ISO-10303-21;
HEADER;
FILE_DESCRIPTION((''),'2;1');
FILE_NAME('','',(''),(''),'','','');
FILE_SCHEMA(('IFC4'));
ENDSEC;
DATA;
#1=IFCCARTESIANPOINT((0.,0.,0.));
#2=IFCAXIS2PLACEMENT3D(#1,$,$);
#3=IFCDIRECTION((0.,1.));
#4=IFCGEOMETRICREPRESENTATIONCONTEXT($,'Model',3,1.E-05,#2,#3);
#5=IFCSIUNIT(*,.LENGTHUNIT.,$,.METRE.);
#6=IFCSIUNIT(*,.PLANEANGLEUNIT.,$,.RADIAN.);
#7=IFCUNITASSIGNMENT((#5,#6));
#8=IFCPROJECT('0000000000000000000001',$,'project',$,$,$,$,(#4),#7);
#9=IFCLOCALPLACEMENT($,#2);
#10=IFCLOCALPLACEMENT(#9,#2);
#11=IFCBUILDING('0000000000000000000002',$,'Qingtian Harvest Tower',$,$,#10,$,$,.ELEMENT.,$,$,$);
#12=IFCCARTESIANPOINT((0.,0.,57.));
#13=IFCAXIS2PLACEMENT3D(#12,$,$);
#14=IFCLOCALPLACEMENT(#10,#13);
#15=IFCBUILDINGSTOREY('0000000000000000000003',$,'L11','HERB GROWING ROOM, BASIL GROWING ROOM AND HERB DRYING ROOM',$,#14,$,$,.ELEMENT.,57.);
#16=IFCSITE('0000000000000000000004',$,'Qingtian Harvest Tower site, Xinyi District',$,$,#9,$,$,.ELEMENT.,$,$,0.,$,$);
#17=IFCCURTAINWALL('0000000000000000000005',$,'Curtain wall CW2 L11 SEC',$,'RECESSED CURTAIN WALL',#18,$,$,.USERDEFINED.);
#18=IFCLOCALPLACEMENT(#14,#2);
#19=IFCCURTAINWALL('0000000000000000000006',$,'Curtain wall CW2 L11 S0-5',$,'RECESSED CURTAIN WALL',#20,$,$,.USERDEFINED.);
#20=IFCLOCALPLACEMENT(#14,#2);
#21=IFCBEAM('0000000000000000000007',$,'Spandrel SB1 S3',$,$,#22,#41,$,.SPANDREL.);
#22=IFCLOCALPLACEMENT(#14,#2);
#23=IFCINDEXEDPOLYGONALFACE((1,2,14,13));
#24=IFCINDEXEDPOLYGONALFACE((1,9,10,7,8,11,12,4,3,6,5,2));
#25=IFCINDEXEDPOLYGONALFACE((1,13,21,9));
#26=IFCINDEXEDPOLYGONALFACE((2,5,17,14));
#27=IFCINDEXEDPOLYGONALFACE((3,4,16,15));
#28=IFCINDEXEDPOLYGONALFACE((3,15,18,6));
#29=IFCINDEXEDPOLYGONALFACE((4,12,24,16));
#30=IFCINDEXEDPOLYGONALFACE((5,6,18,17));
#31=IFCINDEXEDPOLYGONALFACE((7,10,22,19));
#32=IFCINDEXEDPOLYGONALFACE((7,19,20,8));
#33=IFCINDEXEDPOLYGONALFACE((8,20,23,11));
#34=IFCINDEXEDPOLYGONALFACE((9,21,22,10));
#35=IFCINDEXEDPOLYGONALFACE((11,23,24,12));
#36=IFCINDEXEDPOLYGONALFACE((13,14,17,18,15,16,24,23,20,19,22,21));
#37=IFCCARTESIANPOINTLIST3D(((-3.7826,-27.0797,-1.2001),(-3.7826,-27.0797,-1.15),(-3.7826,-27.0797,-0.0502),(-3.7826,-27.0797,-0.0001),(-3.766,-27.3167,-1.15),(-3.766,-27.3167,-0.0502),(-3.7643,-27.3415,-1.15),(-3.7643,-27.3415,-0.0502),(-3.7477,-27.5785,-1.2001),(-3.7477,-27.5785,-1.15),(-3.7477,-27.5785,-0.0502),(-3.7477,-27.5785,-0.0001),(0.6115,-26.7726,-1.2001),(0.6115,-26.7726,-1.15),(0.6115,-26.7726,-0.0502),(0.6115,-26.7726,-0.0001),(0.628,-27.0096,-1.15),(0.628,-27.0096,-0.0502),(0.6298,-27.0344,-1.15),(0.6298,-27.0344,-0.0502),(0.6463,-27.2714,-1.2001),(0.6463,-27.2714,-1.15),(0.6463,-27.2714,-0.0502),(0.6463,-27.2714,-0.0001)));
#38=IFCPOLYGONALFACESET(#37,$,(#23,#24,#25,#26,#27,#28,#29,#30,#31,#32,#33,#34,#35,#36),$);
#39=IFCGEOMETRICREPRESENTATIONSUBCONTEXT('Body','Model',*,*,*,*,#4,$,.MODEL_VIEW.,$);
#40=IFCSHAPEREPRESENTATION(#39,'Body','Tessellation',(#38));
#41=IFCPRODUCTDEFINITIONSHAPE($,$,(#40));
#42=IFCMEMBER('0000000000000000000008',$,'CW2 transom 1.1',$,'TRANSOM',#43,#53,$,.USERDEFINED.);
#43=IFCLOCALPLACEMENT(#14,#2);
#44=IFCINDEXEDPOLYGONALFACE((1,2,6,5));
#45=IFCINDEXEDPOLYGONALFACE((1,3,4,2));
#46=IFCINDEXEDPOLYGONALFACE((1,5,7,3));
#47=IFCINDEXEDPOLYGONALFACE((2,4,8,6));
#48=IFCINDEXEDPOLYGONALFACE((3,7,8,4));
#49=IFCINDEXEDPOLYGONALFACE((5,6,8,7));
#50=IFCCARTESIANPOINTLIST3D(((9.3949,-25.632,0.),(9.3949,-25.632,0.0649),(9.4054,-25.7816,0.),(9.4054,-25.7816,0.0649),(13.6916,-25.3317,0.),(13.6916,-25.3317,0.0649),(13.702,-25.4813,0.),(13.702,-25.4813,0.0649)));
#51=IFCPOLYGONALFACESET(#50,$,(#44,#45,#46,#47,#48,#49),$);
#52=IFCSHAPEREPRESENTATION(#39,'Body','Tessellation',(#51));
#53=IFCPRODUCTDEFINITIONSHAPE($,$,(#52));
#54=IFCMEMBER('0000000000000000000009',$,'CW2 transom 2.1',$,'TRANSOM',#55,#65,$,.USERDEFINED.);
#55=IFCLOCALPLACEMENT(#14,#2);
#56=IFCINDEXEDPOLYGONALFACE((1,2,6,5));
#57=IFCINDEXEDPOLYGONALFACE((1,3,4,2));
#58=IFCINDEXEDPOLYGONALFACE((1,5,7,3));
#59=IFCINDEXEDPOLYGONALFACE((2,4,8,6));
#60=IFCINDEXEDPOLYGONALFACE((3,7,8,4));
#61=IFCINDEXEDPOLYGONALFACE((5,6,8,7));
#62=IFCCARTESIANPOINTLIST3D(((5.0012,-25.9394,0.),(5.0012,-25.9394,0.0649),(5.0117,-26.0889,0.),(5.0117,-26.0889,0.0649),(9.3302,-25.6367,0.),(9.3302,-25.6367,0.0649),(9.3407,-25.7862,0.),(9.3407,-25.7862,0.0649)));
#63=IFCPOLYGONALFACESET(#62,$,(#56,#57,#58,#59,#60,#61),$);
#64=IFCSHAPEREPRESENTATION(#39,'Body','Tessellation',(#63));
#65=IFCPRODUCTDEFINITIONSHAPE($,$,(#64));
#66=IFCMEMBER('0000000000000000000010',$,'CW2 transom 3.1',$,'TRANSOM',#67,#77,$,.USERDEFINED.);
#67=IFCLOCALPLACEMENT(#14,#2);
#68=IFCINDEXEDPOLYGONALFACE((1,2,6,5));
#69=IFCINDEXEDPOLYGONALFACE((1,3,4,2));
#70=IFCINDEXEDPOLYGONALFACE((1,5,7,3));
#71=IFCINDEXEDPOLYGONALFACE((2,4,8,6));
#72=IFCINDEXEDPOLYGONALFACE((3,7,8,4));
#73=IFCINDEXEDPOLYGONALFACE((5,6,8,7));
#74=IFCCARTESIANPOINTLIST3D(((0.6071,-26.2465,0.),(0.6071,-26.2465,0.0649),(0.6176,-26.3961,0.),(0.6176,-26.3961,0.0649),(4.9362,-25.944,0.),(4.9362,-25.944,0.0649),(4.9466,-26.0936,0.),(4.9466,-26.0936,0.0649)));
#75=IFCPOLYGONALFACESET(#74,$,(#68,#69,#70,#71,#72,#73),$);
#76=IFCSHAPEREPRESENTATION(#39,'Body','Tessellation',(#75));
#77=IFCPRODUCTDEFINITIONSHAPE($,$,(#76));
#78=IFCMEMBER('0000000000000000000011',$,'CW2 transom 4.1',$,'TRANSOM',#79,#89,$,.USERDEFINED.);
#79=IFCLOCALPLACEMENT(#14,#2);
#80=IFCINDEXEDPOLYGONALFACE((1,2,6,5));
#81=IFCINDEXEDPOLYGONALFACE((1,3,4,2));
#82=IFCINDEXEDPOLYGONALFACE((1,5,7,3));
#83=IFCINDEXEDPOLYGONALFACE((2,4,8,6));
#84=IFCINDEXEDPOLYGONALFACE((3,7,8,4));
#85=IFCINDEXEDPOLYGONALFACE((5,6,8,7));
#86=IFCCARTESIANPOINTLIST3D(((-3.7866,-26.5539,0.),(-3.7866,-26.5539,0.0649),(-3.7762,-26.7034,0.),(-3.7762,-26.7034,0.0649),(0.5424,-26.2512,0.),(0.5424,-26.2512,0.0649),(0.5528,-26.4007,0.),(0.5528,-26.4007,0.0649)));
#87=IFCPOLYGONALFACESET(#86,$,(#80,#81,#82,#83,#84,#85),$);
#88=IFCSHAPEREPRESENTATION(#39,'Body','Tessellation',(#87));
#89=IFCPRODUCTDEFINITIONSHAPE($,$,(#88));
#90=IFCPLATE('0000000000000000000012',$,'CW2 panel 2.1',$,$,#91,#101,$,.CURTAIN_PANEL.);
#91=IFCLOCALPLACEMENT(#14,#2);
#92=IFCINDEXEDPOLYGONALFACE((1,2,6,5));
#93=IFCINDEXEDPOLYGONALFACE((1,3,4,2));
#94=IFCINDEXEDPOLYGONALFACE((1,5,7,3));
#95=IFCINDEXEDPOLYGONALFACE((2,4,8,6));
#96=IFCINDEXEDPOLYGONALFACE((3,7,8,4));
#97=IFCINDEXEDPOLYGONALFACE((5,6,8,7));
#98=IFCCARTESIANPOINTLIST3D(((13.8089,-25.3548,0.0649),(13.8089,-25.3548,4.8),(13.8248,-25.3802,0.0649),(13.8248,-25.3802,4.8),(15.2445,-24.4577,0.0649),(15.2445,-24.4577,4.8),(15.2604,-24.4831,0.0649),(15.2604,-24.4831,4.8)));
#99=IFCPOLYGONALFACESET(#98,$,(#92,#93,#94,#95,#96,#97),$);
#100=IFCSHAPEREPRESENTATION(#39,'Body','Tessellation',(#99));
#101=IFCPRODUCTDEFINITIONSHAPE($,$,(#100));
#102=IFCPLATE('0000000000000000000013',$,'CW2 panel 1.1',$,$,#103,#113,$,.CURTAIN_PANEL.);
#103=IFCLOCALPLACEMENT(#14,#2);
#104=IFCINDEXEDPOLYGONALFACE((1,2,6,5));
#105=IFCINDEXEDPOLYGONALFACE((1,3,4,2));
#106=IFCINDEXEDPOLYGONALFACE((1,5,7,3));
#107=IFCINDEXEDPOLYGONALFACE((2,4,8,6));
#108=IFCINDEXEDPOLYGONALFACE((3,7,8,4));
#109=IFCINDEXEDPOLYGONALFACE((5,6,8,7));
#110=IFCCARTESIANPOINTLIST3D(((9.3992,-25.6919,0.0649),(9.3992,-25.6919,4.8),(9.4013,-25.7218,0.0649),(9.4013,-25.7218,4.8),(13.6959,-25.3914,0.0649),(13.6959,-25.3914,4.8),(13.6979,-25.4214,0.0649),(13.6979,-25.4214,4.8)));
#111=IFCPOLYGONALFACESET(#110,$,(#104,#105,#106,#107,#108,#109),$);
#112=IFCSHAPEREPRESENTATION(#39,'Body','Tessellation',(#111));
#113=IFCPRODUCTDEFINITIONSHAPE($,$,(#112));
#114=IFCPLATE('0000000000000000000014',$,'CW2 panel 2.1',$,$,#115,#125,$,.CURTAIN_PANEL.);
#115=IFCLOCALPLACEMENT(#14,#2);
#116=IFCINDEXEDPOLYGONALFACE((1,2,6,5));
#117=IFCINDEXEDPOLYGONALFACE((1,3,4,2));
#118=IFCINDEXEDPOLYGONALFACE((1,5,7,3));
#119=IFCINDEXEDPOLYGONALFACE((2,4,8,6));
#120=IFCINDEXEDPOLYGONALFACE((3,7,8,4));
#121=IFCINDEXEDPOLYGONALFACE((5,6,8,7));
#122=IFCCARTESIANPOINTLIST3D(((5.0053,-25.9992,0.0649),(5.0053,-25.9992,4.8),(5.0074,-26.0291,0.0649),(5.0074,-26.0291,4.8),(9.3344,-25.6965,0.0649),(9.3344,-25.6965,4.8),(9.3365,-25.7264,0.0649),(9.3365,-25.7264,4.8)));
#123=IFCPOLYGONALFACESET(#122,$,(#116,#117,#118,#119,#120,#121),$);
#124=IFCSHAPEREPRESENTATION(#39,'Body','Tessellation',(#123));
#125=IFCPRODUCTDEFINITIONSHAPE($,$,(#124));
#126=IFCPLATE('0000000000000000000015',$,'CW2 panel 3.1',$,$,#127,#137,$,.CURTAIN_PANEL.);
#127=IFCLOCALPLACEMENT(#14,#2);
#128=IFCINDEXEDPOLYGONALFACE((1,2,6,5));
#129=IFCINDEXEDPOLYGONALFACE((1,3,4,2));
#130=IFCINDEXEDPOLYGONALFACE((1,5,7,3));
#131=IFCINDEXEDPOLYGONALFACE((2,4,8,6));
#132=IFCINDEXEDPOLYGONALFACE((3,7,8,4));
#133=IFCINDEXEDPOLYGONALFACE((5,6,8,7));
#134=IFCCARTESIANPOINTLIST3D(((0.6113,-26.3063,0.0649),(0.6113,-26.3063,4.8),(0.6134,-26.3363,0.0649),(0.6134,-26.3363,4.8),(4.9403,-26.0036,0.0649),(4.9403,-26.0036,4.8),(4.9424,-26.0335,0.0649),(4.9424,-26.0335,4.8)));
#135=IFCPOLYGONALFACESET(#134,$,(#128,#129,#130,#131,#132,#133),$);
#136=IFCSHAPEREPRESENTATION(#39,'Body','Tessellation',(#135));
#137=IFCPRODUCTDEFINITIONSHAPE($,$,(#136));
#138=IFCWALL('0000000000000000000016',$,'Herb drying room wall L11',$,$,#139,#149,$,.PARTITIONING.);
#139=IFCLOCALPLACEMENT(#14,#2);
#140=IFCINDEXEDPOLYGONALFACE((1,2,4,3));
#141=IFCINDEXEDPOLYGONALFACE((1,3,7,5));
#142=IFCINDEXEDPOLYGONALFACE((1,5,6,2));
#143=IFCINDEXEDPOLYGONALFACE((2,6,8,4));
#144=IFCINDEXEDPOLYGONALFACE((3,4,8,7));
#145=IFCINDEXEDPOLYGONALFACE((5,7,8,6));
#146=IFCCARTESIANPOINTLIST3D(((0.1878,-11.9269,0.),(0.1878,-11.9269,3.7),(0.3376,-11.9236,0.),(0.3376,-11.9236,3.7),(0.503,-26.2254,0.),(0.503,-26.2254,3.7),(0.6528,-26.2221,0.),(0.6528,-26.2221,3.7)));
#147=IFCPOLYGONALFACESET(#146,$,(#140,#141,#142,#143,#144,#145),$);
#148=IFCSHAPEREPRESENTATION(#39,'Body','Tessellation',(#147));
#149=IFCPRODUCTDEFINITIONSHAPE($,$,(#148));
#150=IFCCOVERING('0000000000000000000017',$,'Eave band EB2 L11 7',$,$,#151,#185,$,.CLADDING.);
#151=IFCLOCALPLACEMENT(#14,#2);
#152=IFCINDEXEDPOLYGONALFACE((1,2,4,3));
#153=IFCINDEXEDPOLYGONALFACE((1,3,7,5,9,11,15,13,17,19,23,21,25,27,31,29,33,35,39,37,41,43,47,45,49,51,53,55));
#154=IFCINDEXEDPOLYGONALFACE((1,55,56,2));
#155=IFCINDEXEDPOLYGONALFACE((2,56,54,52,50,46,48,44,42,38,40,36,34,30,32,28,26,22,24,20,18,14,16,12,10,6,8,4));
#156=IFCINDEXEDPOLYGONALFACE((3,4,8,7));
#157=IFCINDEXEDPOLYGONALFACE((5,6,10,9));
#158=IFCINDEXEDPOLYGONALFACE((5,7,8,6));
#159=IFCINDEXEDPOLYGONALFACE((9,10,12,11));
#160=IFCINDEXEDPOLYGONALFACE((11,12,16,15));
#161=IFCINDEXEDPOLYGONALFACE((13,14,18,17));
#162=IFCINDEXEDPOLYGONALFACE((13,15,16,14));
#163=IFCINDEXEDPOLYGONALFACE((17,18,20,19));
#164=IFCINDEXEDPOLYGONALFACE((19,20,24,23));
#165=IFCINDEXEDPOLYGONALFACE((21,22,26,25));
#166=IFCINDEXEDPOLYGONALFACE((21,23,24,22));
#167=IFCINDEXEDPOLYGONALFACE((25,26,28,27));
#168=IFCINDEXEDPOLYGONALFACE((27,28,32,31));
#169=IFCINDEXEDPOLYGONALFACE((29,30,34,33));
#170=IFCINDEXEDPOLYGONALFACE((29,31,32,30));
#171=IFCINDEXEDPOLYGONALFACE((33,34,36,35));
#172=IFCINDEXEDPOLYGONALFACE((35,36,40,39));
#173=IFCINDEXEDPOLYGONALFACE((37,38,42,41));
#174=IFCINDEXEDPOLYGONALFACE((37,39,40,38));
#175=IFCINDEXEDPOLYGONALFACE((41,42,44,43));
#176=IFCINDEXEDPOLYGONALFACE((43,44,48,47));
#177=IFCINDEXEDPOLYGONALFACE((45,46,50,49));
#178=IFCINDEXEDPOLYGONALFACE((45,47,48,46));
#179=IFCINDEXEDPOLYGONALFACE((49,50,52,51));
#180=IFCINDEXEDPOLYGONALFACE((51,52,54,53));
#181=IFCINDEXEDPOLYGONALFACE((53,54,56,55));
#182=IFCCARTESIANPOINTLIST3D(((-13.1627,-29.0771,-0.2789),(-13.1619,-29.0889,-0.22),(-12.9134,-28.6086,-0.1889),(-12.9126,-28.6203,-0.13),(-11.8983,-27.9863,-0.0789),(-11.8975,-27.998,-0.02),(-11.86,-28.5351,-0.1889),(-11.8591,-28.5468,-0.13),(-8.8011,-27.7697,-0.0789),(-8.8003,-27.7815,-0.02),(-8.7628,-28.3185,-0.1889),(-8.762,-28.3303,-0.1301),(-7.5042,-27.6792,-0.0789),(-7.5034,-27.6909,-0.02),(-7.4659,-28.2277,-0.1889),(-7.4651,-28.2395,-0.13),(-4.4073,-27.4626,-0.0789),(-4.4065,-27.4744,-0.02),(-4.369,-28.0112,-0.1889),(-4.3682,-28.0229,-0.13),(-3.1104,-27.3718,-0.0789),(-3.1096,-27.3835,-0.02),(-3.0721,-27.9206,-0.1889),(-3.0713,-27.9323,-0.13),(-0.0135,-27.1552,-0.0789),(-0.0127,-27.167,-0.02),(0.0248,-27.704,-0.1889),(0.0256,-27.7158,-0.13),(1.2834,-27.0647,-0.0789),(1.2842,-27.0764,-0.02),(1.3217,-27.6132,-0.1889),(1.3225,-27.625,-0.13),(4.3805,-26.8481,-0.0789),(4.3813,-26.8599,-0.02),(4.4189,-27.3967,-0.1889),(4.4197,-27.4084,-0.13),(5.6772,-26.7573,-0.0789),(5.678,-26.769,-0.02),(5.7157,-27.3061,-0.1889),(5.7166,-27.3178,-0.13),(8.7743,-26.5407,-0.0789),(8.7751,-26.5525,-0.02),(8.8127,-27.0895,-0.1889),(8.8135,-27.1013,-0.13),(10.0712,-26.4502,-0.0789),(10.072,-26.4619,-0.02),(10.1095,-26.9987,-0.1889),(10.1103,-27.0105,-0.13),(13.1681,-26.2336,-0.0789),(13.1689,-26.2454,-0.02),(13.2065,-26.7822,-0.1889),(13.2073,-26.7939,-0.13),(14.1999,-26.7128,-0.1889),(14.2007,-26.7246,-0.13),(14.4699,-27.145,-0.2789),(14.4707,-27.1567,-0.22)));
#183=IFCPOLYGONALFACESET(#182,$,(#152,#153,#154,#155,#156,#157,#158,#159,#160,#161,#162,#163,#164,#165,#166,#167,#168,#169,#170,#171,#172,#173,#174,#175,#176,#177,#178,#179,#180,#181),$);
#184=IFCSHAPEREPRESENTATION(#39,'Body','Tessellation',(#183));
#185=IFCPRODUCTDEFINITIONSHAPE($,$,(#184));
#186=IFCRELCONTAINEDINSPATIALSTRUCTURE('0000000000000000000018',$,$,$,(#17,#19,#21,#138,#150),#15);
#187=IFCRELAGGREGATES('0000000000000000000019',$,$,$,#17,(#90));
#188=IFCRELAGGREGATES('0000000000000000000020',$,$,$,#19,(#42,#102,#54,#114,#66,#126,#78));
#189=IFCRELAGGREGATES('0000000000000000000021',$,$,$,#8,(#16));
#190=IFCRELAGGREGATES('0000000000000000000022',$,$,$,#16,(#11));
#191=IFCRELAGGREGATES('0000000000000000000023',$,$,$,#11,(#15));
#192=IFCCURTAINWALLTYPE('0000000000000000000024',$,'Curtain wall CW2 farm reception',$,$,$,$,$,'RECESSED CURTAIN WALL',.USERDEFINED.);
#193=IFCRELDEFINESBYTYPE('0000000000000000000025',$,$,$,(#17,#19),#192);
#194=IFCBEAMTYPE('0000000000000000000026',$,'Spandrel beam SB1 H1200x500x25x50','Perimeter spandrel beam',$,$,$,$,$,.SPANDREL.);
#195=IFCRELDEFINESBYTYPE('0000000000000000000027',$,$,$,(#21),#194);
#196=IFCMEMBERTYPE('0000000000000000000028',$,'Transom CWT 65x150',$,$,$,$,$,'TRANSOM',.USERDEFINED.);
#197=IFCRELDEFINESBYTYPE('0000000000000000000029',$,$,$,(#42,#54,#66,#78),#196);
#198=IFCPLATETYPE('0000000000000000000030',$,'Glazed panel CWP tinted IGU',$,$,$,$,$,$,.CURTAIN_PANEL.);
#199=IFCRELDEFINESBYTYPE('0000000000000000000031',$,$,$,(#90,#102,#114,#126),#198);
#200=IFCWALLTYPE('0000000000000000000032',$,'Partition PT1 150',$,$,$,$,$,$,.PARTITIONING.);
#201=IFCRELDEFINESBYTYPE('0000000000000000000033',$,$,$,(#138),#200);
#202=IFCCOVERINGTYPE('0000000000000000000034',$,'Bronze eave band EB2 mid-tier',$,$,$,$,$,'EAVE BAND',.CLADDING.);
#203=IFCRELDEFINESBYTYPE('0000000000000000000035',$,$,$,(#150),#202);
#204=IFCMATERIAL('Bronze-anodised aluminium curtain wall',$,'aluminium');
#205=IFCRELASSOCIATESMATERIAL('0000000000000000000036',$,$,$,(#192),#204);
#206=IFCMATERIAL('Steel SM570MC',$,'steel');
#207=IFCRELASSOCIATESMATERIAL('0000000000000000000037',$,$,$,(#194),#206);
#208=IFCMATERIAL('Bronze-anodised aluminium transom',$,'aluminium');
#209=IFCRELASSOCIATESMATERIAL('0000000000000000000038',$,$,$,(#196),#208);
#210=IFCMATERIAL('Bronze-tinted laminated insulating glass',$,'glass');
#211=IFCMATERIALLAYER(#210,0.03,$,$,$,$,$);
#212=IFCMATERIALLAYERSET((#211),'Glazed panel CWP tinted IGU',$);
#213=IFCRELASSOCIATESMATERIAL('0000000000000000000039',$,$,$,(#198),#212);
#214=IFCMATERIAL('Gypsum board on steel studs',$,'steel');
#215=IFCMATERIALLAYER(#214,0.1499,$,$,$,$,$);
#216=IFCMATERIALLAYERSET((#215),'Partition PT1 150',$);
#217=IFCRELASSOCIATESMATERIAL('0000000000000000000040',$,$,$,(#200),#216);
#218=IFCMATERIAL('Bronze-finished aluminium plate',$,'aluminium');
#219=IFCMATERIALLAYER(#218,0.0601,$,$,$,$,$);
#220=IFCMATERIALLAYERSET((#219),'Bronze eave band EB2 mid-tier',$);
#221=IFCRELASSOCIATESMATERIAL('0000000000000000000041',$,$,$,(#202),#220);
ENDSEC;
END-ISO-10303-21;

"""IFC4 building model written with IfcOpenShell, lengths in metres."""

from ifc_helpers import new_model, si_unit, direction, frame, frame_2d, origin, origin_2d, place, context, subcontext, project, spatial, polyline, rectangle, i_section, outline, extrude, material, layer, layer_set, material_profile, profile_set, type_object, element, aggregate, save


model = new_model("IFC4")

# Units and contexts
model_context = context("Model", 3, precision=1e-05, world=origin(), true_north=direction((0.0, 1.0)))
body_context = subcontext(model_context, "Body", "Model", "MODEL_VIEW")
ifc_project = project(units=[si_unit("LENGTHUNIT", "METRE"), si_unit("PLANEANGLEUNIT", "RADIAN")], contexts=[model_context])

# Site, building, storey
site_placement = place(None, origin())
site = spatial("IfcSite", under=ifc_project, at=site_placement, Name="Qingtian Harvest Tower site, Xinyi District", CompositionType="ELEMENT", RefElevation=0.0)
building_placement = place(site_placement, origin())
building = spatial("IfcBuilding", under=site, at=building_placement, Name="Qingtian Harvest Tower", CompositionType="ELEMENT")
storey_placement = place(building_placement, frame((0.0, 0.0, 57.0)))
storey = spatial("IfcBuildingStorey", under=building, at=storey_placement, Name="L11", Description="HERB GROWING ROOM, BASIL GROWING ROOM AND HERB DRYING ROOM", CompositionType="ELEMENT", Elevation=57.0)

# Curtain wall
ifc_material_1 = material(Name="Bronze-anodised aluminium curtain wall", Category="aluminium")
curtain_wall_type = type_object("IfcCurtainWallType", Name="Curtain wall CW2 farm reception", ElementType="RECESSED CURTAIN WALL", PredefinedType="USERDEFINED", material=ifc_material_1)
curtain_wall_1_placement = place(storey_placement, origin())
curtain_wall_1 = element("IfcCurtainWall", 1, at=curtain_wall_1_placement, inside=storey, type_object=curtain_wall_type, Name="Curtain wall CW2 L11 SEC", ObjectType="RECESSED CURTAIN WALL", PredefinedType="USERDEFINED")

# Curtain wall
curtain_wall_2_placement = place(storey_placement, origin())
curtain_wall_2 = element("IfcCurtainWall", 2, at=curtain_wall_2_placement, inside=storey, type_object=curtain_wall_type, Name="Curtain wall CW2 L11 S0-5", ObjectType="RECESSED CURTAIN WALL", PredefinedType="USERDEFINED")

# Beam
ifc_material_2 = material(Name="Steel SM570MC", Category="steel")
ifc_material_profile_1 = material_profile(ifc_material_2, i_section(OverallWidth=0.5, OverallDepth=1.2, WebThickness=0.0249, FlangeThickness=0.05, at=origin_2d()), Name="H1200x500x25x50")
ifc_profile_set_1 = profile_set([ifc_material_profile_1], Name="Steel SM570MC")
beam_type_1 = type_object("IfcBeamType", Name="Spandrel beam SB1 H1200x500x25x50", Description="Perimeter spandrel beam", PredefinedType="SPANDREL", material=ifc_profile_set_1)
beam_1_placement = place(storey_placement, frame((0.6289, -27.022, -0.6001), z_axis=(-0.997566, -0.069727, 0.0), x_axis=(0.069727, -0.997566, 0.0)))
element("IfcBeam", 3, at=beam_1_placement, inside=storey, type_object=beam_type_1, Name="Spandrel SB1 S3", PredefinedType="SPANDREL", context=body_context, shape_type="SweptSolid", body=[
    extrude(i_section(OverallWidth=0.5, OverallDepth=1.2, WebThickness=0.0249, FlangeThickness=0.05, at=origin_2d()), origin(), (0.0, 0.0, 1.0), 4.4048),
])

# Members
ifc_material_3 = material(Name="Bronze-anodised aluminium transom", Category="aluminium")
ifc_material_profile_2 = material_profile(ifc_material_3, rectangle(XDim=0.1499, YDim=0.0649, at=origin_2d()), Name="AL 65x150")
ifc_profile_set_2 = profile_set([ifc_material_profile_2], Name="Bronze-anodised aluminium transom")
member_type_1 = type_object("IfcMemberType", Name="Transom CWT 65x150", ElementType="TRANSOM", PredefinedType="USERDEFINED", material=ifc_profile_set_2)
member_1_placement = place(storey_placement, frame((13.6968, -25.4065, 0.0325), z_axis=(-0.997567, -0.06972, 0.0), x_axis=(0.06972, -0.997567, 0.0)))
member_1 = element("IfcMember", 4, at=member_1_placement, type_object=member_type_1, Name="CW2 transom 1.1", ObjectType="TRANSOM", PredefinedType="USERDEFINED", context=body_context, shape_type="SweptSolid", body=[
    extrude(rectangle(XDim=0.1499, YDim=0.0649, at=origin_2d()), origin(), (0.0, 0.0, 1.0), 4.3071),
])
member_2_placement = place(storey_placement, frame((9.3354, -25.7114, 0.0325), z_axis=(-0.997564, -0.06976, 0.0), x_axis=(0.06976, -0.997564, 0.0)))
member_2 = element("IfcMember", 5, at=member_2_placement, type_object=member_type_1, Name="CW2 transom 2.1", ObjectType="TRANSOM", PredefinedType="USERDEFINED", context=body_context, shape_type="SweptSolid", body=[
    extrude(rectangle(XDim=0.1499, YDim=0.0649, at=origin_2d()), origin(), (0.0, 0.0, 1.0), 4.3396),
])
member_3_placement = place(storey_placement, frame((4.9414, -26.0188, 0.0325), z_axis=(-0.997568, -0.069704, 0.0), x_axis=(0.069704, -0.997568, 0.0)))
member_3 = element("IfcMember", 6, at=member_3_placement, type_object=member_type_1, Name="CW2 transom 3.1", ObjectType="TRANSOM", PredefinedType="USERDEFINED", context=body_context, shape_type="SweptSolid", body=[
    extrude(rectangle(XDim=0.1499, YDim=0.0649, at=origin_2d()), origin(), (0.0, 0.0, 1.0), 4.3396),
])
member_4_placement = place(storey_placement, frame((0.5476, -26.3259, 0.0325), z_axis=(-0.997564, -0.06976, 0.0), x_axis=(0.06976, -0.997564, 0.0)))
member_4 = element("IfcMember", 7, at=member_4_placement, type_object=member_type_1, Name="CW2 transom 4.1", ObjectType="TRANSOM", PredefinedType="USERDEFINED", context=body_context, shape_type="SweptSolid", body=[
    extrude(rectangle(XDim=0.1499, YDim=0.0649, at=origin_2d()), origin(), (0.0, 0.0, 1.0), 4.3396),
])

# Plates
ifc_material_4 = material(Name="Bronze-tinted laminated insulating glass", Category="glass")
ifc_layer_1 = layer(ifc_material_4, 0.03)
ifc_layer_set_1 = layer_set([ifc_layer_1], Name="Glazed panel CWP tinted IGU")
plate_type = type_object("IfcPlateType", Name="Glazed panel CWP tinted IGU", PredefinedType="CURTAIN_PANEL", material=ifc_layer_set_1)
plate_1_placement = place(storey_placement, frame((14.5347, -24.9189, 0.0649), z_axis=(0.0, 0.0, 1.0), x_axis=(-0.848048, -0.529919, 0.0)))
plate_1 = element("IfcPlate", 8, at=plate_1_placement, type_object=plate_type, Name="CW2 panel 2.1", PredefinedType="CURTAIN_PANEL", context=body_context, shape_type="SweptSolid", body=[
    extrude(rectangle(XDim=1.6929, YDim=0.03, at=origin_2d()), origin(), (0.0, 0.0, 1.0), 4.7351),
])
aggregate(curtain_wall_1, [plate_1])
plate_2_placement = place(storey_placement, frame((11.5486, -25.5566, 0.0649), z_axis=(0.0, 0.0, 1.0), x_axis=(-0.997564, -0.069756, 0.0)))
plate_2 = element("IfcPlate", 9, at=plate_2_placement, type_object=plate_type, Name="CW2 panel 1.1", PredefinedType="CURTAIN_PANEL", context=body_context, shape_type="SweptSolid", body=[
    extrude(rectangle(XDim=4.3071, YDim=0.03, at=origin_2d()), origin(), (0.0, 0.0, 1.0), 4.7351),
])
plate_3_placement = place(storey_placement, frame((7.1709, -25.8628, 0.0649), z_axis=(0.0, 0.0, 1.0), x_axis=(-0.997564, -0.069756, 0.0)))
plate_3 = element("IfcPlate", 10, at=plate_3_placement, type_object=plate_type, Name="CW2 panel 2.1", PredefinedType="CURTAIN_PANEL", context=body_context, shape_type="SweptSolid", body=[
    extrude(rectangle(XDim=4.3396, YDim=0.03, at=origin_2d()), origin(), (0.0, 0.0, 1.0), 4.7351),
])
plate_4_placement = place(storey_placement, frame((2.7769, -26.1699, 0.0649), z_axis=(0.0, 0.0, 1.0), x_axis=(-0.997564, -0.069756, 0.0)))
plate_4 = element("IfcPlate", 11, at=plate_4_placement, type_object=plate_type, Name="CW2 panel 3.1", PredefinedType="CURTAIN_PANEL", context=body_context, shape_type="SweptSolid", body=[
    extrude(rectangle(XDim=4.3396, YDim=0.03, at=origin_2d()), origin(), (0.0, 0.0, 1.0), 4.7351),
])
aggregate(curtain_wall_2, [member_1, plate_2, member_2, plate_3, member_3, plate_4, member_4])

# Wall
ifc_material_5 = material(Name="Gypsum board on steel studs", Category="steel")
ifc_layer_2 = layer(ifc_material_5, 0.1499)
ifc_layer_set_2 = layer_set([ifc_layer_2], Name="Partition PT1 150")
wall_type = type_object("IfcWallType", Name="Partition PT1 150", PredefinedType="PARTITIONING", material=ifc_layer_set_2)
wall_placement = place(storey_placement, frame((0.5779, -26.2236, 0.0), z_axis=(0.0, 0.0, 1.0), x_axis=(-0.022038, 0.999757, 0.0)))
element("IfcWall", 12, at=wall_placement, inside=storey, type_object=wall_type, Name="Herb drying room wall L11", PredefinedType="PARTITIONING", context=body_context, shape_type="SweptSolid", body=[
    extrude(rectangle(XDim=14.302, YDim=0.1499, at=frame_2d((7.1509, 0.0))), origin(), (0.0, 0.0, 1.0), 3.7),
])

# Covering
ifc_material_6 = material(Name="Bronze-finished aluminium plate", Category="aluminium")
ifc_layer_3 = layer(ifc_material_6, 0.0601)
ifc_layer_set_3 = layer_set([ifc_layer_3], Name="Bronze eave band EB2 mid-tier")
covering_type = type_object("IfcCoveringType", Name="Bronze eave band EB2 mid-tier", ElementType="EAVE BAND", PredefinedType="CLADDING", material=ifc_layer_set_3)
covering_placement = place(storey_placement, frame((13.1689, -26.2454, -0.02), z_axis=(0.01368, -0.195645, 0.980579), x_axis=(0.068347, -0.978194, -0.196123)))
element("IfcCovering", 13, at=covering_placement, inside=storey, type_object=covering_type, Name="Eave band EB2 L11 7", PredefinedType="CLADDING", context=body_context, shape_type="SweptSolid", body=[
    extrude(outline(polyline([(0.0, 0.0), (0.5608, 0.0), (0.5609, 0.9958), (1.0197, 1.2351), (1.0211, -26.465), (0.5622, -26.1837), (0.5623, -25.1276), (0.0012, -25.1276), (0.0011, -22.0229), (0.5621, -22.0229), (0.5619, -20.7228), (0.0011, -20.7228), (0.001, -17.6184), (0.5618, -17.6184), (0.5618, -16.3183), (0.0008, -16.3183), (0.0006, -13.2138), (0.5616, -13.2138), (0.5614, -11.9138), (0.0006, -11.9138), (0.0005, -8.8091), (0.5613, -8.8091), (0.5613, -7.509), (0.0003, -7.5092), (0.0001, -4.4045), (0.5612, -4.4045), (0.561, -3.1045), (0.0002, -3.1045), (0.0, 0.0)])), origin(), (0.0, 0.0, -1.0), 0.0601),
])

save(model, "model.ifc")
